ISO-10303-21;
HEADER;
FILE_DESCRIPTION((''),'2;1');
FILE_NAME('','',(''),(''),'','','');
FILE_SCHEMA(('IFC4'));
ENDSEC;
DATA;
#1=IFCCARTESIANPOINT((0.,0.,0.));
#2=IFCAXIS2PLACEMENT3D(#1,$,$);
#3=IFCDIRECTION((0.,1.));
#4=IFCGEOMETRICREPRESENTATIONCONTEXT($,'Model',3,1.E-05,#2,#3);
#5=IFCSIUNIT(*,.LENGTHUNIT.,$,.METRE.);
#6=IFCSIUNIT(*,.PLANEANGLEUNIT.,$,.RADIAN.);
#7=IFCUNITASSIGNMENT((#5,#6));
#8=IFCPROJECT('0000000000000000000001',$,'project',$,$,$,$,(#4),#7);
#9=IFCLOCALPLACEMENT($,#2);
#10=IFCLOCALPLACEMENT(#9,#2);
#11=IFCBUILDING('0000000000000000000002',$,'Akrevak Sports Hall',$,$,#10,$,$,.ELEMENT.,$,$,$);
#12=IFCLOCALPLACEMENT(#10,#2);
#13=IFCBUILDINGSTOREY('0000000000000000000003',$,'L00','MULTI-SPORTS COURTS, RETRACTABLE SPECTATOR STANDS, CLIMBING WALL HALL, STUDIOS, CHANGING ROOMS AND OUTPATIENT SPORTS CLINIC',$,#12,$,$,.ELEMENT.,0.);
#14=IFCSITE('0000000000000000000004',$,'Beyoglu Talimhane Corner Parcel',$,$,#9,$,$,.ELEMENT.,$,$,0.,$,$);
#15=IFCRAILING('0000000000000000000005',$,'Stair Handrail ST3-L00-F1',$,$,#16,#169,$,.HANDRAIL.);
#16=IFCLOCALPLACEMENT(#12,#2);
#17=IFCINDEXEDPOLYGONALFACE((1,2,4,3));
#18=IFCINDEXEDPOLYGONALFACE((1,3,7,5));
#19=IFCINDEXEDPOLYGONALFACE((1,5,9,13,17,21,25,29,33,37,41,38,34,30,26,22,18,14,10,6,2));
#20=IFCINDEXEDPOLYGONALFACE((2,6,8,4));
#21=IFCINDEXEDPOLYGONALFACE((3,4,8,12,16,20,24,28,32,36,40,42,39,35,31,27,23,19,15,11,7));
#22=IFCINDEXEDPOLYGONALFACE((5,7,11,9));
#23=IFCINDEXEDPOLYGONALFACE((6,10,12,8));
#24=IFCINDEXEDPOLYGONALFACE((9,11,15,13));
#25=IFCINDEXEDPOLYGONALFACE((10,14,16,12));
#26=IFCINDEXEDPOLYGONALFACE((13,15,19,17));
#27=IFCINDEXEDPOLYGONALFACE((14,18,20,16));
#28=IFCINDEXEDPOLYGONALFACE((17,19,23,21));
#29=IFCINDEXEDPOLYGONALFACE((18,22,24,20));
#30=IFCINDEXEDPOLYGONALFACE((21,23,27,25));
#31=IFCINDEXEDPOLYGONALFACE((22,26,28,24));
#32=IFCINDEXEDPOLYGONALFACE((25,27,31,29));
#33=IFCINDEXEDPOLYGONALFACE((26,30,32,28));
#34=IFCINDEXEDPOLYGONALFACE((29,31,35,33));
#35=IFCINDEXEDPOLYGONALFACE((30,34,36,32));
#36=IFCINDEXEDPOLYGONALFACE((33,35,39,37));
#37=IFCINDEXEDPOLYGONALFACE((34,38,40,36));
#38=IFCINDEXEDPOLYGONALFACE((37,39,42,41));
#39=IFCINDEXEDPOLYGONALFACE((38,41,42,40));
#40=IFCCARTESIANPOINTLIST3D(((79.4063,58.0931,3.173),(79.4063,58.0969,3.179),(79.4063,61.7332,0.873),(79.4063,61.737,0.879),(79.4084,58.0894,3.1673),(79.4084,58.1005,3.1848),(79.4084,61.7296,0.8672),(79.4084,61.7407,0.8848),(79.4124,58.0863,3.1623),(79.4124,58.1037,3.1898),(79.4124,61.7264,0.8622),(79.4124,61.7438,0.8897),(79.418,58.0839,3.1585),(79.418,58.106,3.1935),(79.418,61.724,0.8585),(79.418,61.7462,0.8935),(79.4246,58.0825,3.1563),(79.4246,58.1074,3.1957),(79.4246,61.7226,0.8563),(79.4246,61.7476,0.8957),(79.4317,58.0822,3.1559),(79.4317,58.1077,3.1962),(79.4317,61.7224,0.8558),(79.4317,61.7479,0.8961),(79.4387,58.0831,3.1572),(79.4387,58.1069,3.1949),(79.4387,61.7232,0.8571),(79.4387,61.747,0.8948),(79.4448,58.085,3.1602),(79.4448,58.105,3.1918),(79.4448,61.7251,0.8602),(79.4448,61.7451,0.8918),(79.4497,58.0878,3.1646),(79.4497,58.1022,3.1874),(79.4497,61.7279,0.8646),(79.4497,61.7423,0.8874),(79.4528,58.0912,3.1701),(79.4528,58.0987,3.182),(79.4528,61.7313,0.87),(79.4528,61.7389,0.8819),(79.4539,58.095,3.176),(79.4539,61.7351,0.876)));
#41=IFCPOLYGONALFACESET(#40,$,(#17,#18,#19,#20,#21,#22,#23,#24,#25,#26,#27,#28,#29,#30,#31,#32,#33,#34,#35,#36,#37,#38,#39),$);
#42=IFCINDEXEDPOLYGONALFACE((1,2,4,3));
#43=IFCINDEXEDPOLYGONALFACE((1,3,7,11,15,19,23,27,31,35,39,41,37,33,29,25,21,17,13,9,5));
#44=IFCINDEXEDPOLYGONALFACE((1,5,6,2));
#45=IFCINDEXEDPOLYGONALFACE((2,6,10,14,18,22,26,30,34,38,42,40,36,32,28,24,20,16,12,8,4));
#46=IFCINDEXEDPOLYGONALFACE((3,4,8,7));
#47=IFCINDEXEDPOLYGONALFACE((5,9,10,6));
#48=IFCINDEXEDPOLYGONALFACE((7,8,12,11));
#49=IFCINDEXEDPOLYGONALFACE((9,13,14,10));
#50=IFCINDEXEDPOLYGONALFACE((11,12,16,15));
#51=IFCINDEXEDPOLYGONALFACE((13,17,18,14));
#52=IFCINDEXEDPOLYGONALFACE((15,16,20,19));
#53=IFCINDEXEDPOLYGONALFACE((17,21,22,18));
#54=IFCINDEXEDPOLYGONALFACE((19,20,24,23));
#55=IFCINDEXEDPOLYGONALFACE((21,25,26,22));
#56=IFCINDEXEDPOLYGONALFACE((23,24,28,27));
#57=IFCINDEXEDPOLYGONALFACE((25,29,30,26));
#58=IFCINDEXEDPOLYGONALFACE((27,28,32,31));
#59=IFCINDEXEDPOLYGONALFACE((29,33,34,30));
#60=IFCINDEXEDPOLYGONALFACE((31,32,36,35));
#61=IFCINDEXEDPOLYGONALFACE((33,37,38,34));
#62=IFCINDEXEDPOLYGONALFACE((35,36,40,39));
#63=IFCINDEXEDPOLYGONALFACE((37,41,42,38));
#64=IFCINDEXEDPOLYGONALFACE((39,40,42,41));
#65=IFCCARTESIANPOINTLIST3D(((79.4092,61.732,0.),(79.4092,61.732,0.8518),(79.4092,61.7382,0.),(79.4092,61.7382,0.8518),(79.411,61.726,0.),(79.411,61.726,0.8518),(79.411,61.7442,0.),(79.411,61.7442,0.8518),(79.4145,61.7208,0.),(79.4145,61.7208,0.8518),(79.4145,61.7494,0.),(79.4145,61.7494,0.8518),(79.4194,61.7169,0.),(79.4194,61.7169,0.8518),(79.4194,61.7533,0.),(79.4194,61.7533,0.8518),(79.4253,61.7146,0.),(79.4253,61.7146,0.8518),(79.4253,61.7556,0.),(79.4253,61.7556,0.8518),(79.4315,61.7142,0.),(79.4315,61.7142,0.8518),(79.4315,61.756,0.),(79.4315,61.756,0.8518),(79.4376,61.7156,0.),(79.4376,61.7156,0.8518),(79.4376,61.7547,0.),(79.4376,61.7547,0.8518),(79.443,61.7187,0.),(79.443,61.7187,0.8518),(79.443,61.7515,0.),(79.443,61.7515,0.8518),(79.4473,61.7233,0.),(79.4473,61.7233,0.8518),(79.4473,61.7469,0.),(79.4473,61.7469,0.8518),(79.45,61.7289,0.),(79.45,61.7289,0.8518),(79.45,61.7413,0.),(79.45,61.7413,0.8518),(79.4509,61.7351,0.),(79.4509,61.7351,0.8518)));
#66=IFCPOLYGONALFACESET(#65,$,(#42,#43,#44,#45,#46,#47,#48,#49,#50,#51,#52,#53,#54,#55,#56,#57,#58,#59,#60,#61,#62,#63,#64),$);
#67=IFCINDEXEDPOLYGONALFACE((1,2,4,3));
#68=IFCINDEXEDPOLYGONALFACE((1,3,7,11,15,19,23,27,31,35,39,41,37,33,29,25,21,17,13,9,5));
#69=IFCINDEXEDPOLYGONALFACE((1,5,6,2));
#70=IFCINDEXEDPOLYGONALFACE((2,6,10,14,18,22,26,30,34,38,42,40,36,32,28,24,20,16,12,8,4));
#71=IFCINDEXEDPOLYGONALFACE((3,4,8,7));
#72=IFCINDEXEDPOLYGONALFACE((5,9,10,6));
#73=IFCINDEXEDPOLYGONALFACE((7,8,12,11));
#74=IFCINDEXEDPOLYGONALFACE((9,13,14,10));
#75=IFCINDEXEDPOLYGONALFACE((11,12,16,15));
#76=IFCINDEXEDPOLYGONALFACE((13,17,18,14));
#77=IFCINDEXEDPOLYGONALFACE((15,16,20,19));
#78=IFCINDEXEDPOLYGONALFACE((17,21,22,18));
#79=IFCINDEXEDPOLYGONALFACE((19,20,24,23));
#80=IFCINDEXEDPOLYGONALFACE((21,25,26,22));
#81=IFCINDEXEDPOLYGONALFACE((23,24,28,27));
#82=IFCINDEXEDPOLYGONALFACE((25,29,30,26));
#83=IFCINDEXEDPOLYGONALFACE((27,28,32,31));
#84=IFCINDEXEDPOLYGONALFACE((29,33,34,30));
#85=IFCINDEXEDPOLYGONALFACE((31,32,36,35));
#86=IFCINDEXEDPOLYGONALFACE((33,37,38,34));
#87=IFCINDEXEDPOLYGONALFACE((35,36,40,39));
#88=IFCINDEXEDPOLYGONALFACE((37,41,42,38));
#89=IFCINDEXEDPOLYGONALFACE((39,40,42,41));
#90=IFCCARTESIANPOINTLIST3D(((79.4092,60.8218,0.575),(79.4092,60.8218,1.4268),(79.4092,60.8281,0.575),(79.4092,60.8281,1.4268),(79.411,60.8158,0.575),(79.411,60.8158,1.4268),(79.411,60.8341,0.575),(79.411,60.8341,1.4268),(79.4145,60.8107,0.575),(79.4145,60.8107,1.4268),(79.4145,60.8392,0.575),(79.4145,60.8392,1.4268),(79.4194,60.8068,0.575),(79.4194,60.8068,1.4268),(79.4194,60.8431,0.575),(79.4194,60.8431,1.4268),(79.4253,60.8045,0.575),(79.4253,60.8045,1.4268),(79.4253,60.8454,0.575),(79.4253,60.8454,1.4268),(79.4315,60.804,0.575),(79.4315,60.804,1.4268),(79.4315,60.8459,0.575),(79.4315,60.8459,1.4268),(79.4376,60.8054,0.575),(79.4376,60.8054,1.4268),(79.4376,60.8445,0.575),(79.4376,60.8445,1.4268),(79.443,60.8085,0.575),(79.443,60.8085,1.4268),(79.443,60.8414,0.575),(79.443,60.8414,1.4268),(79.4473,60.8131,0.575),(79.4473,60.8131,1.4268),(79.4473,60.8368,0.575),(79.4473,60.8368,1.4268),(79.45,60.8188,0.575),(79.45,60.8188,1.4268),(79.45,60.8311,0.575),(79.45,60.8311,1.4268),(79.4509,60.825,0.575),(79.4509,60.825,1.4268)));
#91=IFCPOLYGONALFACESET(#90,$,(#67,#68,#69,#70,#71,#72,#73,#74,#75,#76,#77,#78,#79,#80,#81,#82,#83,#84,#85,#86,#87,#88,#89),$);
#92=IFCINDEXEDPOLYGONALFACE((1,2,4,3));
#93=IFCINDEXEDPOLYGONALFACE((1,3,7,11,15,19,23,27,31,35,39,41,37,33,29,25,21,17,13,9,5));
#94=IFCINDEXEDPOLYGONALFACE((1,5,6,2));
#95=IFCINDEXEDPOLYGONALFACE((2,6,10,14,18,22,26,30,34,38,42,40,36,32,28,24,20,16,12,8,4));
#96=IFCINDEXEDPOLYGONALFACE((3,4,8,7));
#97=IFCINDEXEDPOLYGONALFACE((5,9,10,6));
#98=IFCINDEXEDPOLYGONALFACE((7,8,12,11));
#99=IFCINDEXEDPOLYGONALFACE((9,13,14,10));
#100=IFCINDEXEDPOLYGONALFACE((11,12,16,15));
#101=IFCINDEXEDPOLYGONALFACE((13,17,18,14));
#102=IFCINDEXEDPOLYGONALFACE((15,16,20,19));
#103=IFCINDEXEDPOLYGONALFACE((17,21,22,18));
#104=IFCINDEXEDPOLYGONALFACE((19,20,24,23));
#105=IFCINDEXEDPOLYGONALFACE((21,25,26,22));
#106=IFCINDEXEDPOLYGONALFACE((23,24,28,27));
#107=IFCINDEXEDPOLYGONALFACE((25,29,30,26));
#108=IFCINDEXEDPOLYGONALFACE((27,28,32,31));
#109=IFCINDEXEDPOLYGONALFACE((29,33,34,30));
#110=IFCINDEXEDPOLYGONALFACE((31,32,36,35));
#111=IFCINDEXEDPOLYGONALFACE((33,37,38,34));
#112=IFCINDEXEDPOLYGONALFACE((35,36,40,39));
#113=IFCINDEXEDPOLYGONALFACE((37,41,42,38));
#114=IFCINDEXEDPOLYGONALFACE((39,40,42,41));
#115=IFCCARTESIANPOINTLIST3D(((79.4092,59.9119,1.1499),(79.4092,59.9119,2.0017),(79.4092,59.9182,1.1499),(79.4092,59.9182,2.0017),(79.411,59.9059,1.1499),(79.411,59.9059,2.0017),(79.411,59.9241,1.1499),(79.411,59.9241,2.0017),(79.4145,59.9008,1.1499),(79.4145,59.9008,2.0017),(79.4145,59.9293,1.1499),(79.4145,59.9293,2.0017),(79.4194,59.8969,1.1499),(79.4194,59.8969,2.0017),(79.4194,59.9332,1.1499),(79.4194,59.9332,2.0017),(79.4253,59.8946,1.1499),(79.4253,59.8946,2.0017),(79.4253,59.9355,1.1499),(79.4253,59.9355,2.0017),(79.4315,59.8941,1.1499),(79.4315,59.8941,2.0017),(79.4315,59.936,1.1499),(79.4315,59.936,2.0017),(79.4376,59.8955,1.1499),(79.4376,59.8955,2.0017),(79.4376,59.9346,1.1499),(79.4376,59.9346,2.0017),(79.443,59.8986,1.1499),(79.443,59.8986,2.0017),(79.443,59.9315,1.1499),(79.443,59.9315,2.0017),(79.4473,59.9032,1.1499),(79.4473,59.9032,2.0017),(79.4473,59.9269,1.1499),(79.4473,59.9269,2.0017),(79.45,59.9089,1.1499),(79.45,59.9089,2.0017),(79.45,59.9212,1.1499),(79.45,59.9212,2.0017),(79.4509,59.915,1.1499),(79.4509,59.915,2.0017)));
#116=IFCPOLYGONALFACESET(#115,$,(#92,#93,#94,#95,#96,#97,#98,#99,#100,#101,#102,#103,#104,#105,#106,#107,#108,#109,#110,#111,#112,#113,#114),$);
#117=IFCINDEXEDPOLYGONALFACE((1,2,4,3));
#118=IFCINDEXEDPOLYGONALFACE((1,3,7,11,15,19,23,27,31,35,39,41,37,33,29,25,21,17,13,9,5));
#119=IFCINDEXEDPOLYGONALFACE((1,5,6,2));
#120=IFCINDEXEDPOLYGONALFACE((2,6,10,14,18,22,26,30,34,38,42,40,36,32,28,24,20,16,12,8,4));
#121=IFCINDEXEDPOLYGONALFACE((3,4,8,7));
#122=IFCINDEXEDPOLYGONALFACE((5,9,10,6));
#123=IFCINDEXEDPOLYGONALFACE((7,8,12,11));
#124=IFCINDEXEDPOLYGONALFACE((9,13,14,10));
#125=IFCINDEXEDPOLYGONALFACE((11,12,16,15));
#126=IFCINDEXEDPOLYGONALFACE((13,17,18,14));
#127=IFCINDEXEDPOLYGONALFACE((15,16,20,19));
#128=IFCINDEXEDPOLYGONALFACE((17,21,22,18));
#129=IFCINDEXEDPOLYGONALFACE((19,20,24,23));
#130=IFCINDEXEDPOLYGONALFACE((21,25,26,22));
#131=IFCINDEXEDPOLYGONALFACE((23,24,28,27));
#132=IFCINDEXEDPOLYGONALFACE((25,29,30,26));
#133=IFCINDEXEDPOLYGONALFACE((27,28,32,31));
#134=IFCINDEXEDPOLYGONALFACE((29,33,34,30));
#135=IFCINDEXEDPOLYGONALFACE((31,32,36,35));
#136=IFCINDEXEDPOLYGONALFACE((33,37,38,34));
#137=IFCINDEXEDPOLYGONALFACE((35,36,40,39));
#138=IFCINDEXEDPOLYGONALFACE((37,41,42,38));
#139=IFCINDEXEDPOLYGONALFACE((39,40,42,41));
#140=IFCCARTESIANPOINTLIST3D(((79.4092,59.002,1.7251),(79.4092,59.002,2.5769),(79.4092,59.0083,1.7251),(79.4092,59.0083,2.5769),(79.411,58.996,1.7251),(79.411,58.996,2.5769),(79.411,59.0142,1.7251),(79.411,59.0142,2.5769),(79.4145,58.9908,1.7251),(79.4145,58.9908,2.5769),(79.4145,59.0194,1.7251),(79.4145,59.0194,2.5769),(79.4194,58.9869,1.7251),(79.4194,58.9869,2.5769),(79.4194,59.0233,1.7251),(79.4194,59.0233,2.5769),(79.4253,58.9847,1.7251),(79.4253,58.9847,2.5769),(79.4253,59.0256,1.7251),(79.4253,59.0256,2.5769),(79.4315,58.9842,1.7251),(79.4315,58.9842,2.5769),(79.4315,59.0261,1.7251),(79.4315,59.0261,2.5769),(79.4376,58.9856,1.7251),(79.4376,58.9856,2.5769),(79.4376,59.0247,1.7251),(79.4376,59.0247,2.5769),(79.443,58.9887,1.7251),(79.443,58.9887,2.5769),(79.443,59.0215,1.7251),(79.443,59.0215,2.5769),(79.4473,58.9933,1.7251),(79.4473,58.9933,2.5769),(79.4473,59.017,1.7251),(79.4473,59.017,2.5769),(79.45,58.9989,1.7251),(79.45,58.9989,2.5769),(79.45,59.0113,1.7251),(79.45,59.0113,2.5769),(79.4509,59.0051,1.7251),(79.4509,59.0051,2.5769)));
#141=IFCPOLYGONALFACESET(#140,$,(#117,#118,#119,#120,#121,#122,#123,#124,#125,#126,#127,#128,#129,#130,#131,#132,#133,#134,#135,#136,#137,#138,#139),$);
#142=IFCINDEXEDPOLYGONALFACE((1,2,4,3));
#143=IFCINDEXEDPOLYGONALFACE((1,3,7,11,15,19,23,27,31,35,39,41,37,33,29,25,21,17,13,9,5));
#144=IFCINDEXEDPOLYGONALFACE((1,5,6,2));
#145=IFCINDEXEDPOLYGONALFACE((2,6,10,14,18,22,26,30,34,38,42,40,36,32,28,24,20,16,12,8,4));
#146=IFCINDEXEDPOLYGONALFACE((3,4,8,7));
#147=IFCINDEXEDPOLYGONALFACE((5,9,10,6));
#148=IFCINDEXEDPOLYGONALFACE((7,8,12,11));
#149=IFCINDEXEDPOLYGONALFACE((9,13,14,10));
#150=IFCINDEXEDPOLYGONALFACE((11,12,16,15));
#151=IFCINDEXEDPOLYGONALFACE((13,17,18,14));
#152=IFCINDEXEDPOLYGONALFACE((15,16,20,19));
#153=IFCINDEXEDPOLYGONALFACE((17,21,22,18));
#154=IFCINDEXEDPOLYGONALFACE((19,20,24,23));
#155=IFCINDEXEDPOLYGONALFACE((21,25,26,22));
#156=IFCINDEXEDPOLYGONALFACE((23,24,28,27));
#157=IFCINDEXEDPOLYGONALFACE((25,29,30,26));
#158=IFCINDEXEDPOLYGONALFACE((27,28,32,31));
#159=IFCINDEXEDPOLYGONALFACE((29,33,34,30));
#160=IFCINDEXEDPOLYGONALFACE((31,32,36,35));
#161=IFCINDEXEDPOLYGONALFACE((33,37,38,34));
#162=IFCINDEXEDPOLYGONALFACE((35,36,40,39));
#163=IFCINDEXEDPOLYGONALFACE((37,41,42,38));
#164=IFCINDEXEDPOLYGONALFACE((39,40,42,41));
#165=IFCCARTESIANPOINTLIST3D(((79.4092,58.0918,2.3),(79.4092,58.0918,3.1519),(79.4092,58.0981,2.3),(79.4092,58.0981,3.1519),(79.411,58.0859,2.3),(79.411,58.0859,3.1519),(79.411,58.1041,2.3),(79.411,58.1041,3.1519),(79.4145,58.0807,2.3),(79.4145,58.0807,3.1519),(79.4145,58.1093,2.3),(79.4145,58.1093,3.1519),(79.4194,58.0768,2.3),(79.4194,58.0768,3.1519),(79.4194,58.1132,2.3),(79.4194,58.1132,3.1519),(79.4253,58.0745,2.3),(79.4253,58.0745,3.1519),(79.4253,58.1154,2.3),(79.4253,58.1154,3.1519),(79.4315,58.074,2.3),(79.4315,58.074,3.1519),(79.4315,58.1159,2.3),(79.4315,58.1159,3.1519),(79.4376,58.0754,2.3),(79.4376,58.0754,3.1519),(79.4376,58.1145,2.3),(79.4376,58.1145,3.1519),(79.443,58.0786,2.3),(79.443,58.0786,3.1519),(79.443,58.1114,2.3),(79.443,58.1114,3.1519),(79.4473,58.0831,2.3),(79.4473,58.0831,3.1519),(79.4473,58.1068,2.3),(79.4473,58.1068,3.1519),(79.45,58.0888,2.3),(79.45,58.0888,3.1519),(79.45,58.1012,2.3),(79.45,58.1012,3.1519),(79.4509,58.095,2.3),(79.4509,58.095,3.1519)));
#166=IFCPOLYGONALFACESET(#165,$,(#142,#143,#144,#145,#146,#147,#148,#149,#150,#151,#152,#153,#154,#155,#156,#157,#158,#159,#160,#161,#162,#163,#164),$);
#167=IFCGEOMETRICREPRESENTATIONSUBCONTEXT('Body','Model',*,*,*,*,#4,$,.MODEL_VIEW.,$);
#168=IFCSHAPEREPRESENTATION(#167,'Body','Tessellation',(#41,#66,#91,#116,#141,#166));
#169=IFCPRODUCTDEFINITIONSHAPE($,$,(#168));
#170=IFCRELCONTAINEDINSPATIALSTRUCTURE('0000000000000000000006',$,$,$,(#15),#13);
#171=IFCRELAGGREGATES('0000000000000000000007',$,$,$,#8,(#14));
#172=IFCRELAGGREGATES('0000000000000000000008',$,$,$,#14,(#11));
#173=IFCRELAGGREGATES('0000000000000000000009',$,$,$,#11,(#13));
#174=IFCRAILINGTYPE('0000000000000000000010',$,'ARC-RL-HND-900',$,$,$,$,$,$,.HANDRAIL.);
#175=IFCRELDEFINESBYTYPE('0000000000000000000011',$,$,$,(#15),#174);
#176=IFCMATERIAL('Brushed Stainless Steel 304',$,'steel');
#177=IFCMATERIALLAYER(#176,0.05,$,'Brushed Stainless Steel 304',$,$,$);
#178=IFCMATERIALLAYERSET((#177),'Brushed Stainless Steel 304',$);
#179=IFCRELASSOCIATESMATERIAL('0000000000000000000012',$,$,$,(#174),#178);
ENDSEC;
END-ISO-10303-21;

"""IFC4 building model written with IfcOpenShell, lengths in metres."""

from ifc_helpers import new_model, si_unit, direction, frame, origin, origin_2d, place, context, subcontext, project, spatial, circle, extrude, material, layer, layer_set, type_object, element, save


model = new_model("IFC4")

# Units and contexts
model_context = context("Model", 3, precision=1e-05, world=origin(), true_north=direction((0.0, 1.0)))
body_context = subcontext(model_context, "Body", "Model", "MODEL_VIEW")
ifc_project = project(units=[si_unit("LENGTHUNIT", "METRE"), si_unit("PLANEANGLEUNIT", "RADIAN")], contexts=[model_context])

# Site, building, storey
site_placement = place(None, origin())
site = spatial("IfcSite", under=ifc_project, at=site_placement, Name="Beyoglu Talimhane Corner Parcel", CompositionType="ELEMENT", RefElevation=0.0)
building_placement = place(site_placement, origin())
building = spatial("IfcBuilding", under=site, at=building_placement, Name="Akrevak Sports Hall", CompositionType="ELEMENT")
storey_placement = place(building_placement, origin())
storey = spatial("IfcBuildingStorey", under=building, at=storey_placement, Name="L00", Description="MULTI-SPORTS COURTS, RETRACTABLE SPECTATOR STANDS, CLIMBING WALL HALL, STUDIOS, CHANGING ROOMS AND OUTPATIENT SPORTS CLINIC", CompositionType="ELEMENT", Elevation=0.0)

# Shared definitions
ifc_material_1 = material(Name="Brushed Stainless Steel 304", Category="steel")

# Railing
ifc_layer_1 = layer(ifc_material_1, 0.05, Name="Brushed Stainless Steel 304")
ifc_layer_set_1 = layer_set([ifc_layer_1], Name="Brushed Stainless Steel 304")
railing_type_1 = type_object("IfcRailingType", Name="ARC-RL-HND-900", PredefinedType="HANDRAIL", material=ifc_layer_set_1)
railing_1_placement = place(storey_placement, frame((79.4299, 61.7351, 0.0)))
element("IfcRailing", 1, at=railing_1_placement, inside=storey, type_object=railing_type_1, Name="Stair Handrail ST3-L00-F1", PredefinedType="HANDRAIL", context=body_context, shape_type="SweptSolid", body=[
    extrude(circle(Radius=0.0239, at=origin_2d()), frame((0.0, 0.0, 0.876), z_axis=(0.0, -0.845382, 0.534162), x_axis=(1.0, 0.0, 0.0)), (0.0, 0.0, 1.0), 4.3059),
    extrude(circle(Radius=0.021, at=origin_2d()), origin(), (0.0, 0.0, 1.0), 0.8518),
    extrude(circle(Radius=0.021, at=origin_2d()), frame((0.0, -0.9102, 0.575)), (0.0, 0.0, 1.0), 0.8518),
    extrude(circle(Radius=0.021, at=origin_2d()), frame((0.0, -1.8201, 1.1499)), (0.0, 0.0, 1.0), 0.8518),
    extrude(circle(Radius=0.021, at=origin_2d()), frame((0.0, -2.73, 1.7251)), (0.0, 0.0, 1.0), 0.8518),
    extrude(circle(Radius=0.021, at=origin_2d()), frame((0.0, -3.6401, 2.3)), (0.0, 0.0, 1.0), 0.8518),
])

save(model, "model.ifc")
